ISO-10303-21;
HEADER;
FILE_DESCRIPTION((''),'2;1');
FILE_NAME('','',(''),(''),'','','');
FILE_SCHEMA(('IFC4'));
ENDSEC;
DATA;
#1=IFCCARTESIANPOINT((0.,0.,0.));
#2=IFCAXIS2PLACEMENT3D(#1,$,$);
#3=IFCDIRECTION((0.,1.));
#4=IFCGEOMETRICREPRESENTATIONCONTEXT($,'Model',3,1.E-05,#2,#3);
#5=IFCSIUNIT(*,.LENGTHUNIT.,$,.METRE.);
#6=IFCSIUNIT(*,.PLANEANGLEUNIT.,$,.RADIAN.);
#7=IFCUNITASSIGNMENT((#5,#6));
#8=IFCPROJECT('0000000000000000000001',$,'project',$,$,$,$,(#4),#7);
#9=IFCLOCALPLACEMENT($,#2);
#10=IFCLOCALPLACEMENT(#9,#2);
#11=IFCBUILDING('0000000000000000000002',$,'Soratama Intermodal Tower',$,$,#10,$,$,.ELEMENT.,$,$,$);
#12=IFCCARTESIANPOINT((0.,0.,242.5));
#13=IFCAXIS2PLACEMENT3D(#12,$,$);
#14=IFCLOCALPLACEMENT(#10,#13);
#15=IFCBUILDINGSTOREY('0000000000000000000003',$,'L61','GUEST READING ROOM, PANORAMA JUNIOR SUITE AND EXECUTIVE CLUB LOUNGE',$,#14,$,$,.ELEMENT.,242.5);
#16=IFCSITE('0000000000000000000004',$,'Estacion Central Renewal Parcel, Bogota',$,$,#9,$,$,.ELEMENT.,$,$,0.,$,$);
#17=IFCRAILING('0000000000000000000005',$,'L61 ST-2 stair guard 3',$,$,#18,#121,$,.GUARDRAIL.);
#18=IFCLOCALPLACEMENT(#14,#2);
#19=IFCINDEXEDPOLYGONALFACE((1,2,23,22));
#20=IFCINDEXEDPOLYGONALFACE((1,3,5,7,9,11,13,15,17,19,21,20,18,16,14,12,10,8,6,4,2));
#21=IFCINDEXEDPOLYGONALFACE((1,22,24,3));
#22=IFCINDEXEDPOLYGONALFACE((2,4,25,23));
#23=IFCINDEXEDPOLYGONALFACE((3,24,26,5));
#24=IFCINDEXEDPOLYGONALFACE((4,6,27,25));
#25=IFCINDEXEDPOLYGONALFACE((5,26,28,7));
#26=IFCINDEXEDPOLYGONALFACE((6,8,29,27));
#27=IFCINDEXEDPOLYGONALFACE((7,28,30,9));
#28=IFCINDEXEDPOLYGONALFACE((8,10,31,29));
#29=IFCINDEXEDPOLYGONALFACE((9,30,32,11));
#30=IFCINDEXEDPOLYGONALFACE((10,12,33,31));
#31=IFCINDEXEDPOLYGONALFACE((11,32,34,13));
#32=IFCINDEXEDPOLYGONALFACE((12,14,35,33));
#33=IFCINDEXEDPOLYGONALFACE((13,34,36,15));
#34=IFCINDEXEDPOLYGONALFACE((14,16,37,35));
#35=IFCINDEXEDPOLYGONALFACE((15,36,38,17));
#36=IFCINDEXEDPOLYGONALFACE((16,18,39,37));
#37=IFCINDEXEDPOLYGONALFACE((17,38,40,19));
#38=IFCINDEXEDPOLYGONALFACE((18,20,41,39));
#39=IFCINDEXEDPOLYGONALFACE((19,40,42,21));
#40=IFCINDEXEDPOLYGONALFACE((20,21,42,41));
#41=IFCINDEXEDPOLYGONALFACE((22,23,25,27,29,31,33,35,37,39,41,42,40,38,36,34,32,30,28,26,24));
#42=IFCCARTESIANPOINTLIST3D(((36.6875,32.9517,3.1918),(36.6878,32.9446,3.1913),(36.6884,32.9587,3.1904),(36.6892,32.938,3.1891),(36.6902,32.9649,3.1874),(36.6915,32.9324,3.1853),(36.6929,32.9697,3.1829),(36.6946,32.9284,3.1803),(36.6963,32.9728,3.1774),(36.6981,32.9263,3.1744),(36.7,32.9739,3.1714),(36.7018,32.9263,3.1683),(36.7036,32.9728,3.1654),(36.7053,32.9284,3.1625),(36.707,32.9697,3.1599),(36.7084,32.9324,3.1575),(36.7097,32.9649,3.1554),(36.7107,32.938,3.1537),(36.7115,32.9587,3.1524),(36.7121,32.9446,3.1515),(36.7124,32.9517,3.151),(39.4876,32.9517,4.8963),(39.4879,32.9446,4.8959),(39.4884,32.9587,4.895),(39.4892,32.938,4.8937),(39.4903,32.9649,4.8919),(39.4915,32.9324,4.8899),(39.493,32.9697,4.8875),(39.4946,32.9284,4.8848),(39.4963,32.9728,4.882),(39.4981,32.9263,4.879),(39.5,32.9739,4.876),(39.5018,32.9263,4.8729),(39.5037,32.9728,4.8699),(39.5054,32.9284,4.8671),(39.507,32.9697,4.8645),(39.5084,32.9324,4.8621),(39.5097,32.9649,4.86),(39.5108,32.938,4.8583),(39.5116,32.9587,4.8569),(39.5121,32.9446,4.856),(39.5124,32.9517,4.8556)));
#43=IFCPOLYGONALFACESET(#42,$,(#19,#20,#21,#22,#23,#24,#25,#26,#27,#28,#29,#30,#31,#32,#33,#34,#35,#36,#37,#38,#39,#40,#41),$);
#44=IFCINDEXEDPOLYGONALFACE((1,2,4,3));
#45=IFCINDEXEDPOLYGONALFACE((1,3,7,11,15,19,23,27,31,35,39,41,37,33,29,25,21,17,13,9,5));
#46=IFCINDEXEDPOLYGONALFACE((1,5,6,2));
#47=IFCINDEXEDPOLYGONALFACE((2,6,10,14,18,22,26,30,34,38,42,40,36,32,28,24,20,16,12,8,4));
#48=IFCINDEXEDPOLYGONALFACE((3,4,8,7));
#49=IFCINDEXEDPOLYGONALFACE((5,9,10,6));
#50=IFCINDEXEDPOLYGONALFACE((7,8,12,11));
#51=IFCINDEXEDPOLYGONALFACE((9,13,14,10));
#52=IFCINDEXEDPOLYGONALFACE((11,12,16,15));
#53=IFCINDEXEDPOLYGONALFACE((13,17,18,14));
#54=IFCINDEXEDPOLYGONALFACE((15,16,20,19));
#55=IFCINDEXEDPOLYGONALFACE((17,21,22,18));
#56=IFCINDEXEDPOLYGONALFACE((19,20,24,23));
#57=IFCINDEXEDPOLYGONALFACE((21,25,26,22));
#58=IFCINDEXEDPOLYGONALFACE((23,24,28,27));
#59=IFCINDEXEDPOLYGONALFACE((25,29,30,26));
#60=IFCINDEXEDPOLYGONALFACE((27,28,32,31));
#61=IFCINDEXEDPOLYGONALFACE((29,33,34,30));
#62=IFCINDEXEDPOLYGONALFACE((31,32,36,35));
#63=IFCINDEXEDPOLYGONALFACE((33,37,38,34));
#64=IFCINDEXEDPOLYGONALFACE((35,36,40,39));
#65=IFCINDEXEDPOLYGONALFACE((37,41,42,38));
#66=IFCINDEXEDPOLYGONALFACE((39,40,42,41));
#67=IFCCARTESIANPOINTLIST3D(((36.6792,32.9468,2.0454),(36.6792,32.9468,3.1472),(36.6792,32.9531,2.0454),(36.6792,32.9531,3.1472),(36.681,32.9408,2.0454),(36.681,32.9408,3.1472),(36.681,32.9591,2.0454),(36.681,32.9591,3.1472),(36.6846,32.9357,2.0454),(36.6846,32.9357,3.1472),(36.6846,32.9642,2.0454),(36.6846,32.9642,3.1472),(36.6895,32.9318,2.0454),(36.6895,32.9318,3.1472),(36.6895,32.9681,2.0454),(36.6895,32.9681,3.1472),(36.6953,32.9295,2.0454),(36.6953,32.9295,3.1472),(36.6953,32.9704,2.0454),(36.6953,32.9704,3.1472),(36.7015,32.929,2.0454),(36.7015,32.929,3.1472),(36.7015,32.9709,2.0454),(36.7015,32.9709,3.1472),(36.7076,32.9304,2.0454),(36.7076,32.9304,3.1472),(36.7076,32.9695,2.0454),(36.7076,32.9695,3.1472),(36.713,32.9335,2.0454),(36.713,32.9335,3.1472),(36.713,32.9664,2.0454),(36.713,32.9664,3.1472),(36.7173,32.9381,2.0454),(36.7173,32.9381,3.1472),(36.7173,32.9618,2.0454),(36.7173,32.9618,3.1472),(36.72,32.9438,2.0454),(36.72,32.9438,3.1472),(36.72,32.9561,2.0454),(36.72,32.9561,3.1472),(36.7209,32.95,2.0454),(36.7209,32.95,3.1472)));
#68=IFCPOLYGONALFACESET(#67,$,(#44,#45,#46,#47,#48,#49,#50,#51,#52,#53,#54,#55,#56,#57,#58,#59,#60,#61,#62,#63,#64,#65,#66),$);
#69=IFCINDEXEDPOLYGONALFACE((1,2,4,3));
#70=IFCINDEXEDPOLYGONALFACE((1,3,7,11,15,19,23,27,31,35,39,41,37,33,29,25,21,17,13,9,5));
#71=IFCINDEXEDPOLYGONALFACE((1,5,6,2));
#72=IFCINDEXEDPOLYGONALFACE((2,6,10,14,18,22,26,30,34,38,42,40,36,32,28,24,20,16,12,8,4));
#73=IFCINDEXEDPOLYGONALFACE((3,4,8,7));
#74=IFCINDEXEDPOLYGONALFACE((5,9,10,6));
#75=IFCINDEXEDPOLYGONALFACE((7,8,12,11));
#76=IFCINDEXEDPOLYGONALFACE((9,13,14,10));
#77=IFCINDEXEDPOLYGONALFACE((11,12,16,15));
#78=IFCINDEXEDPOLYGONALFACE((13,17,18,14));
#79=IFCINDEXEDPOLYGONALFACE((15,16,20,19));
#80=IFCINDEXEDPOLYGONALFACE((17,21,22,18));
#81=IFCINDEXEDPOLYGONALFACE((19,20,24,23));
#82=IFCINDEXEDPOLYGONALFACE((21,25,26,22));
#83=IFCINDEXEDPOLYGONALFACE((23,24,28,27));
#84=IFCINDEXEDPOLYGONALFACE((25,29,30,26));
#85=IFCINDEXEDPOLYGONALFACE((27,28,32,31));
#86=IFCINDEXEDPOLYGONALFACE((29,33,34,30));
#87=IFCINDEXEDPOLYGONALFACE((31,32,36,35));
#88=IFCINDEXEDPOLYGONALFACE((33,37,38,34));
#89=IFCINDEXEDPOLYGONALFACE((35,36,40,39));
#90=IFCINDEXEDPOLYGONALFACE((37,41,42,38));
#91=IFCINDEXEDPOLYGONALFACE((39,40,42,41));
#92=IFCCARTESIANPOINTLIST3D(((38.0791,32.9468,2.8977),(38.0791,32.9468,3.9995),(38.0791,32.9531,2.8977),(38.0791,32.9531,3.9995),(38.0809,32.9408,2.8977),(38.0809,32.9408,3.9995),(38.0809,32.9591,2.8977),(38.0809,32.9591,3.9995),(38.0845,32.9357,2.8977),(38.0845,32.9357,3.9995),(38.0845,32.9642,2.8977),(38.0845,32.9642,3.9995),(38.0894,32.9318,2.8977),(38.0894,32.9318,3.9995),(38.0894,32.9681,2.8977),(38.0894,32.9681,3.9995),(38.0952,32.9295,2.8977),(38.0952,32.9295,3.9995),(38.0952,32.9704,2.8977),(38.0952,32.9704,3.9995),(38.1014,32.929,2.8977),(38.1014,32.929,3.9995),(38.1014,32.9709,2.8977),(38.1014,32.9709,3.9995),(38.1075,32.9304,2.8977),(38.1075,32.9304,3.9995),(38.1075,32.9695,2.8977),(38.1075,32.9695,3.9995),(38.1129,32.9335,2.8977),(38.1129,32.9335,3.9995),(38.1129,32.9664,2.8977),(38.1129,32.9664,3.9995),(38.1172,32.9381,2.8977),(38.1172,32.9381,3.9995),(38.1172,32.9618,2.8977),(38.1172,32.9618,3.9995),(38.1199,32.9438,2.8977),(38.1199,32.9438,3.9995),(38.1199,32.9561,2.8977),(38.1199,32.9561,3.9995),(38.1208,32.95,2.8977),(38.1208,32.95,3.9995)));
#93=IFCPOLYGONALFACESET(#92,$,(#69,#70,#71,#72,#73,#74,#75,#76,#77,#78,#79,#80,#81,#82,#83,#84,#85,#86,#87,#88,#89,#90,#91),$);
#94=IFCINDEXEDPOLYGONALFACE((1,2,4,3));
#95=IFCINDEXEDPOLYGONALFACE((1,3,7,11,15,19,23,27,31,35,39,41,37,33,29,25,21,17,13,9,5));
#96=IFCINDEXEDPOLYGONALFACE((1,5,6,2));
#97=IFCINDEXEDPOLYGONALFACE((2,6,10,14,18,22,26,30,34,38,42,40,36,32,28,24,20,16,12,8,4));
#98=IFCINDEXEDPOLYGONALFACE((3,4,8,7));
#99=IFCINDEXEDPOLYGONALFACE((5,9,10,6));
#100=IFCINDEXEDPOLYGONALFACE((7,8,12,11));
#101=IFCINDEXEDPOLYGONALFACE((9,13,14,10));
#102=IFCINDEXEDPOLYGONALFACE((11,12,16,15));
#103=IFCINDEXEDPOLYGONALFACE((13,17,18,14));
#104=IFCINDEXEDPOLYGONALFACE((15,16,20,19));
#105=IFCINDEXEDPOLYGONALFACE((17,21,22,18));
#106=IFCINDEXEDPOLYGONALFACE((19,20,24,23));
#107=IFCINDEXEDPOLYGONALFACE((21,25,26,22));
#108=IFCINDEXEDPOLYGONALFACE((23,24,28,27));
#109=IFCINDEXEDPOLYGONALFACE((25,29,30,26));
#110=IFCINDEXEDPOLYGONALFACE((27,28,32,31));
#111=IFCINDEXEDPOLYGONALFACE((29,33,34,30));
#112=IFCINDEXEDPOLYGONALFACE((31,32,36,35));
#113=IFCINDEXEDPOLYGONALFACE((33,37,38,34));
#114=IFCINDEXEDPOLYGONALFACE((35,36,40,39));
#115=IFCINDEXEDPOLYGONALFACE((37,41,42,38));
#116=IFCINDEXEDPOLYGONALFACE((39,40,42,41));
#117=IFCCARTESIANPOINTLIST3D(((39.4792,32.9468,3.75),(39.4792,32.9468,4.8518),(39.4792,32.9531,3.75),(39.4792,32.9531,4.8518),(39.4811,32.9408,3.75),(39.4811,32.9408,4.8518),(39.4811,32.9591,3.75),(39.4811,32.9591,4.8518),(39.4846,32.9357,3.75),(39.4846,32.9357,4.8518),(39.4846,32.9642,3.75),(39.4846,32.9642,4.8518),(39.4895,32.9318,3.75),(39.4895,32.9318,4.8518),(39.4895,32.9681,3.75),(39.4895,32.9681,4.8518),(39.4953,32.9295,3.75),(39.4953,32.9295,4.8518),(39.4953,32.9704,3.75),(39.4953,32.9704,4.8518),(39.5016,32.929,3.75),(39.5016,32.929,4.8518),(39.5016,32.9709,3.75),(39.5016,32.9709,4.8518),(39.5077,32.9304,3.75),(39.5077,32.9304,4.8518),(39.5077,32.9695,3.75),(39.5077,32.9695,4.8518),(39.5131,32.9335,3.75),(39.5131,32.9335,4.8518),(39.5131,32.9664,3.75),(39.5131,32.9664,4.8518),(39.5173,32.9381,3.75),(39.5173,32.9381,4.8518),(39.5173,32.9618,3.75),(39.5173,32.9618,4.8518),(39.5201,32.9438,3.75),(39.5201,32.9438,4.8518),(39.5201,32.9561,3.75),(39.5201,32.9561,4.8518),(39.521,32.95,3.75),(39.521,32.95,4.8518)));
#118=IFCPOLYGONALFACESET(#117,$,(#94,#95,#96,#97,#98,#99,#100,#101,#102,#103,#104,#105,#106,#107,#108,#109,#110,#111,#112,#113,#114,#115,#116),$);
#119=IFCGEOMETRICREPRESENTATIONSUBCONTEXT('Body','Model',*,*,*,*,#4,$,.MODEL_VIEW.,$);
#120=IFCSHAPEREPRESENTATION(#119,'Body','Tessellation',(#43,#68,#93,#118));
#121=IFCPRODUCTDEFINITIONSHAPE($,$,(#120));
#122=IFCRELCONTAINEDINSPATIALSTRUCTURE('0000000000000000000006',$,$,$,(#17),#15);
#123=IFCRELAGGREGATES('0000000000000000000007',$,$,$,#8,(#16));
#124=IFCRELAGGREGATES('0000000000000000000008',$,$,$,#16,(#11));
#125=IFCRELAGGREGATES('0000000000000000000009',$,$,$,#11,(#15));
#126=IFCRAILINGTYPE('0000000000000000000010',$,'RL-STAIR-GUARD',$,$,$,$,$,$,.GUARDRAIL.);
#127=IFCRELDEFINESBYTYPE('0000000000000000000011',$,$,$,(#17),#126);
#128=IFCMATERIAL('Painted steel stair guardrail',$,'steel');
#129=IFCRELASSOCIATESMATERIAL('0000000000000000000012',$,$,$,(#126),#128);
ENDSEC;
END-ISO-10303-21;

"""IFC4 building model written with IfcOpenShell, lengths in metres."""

from ifc_helpers import new_model, si_unit, direction, frame, origin, origin_2d, place, context, subcontext, project, spatial, circle, extrude, material, type_object, element, save


model = new_model("IFC4")

# Units and contexts
model_context = context("Model", 3, precision=1e-05, world=origin(), true_north=direction((0.0, 1.0)))
body_context = subcontext(model_context, "Body", "Model", "MODEL_VIEW")
ifc_project = project(units=[si_unit("LENGTHUNIT", "METRE"), si_unit("PLANEANGLEUNIT", "RADIAN")], contexts=[model_context])

# Site, building, storey
site_placement = place(None, origin())
site = spatial("IfcSite", under=ifc_project, at=site_placement, Name="Estacion Central Renewal Parcel, Bogota", CompositionType="ELEMENT", RefElevation=0.0)
building_placement = place(site_placement, origin())
building = spatial("IfcBuilding", under=site, at=building_placement, Name="Soratama Intermodal Tower", CompositionType="ELEMENT")
storey_placement = place(building_placement, frame((0.0, 0.0, 242.5)))
storey = spatial("IfcBuildingStorey", under=building, at=storey_placement, Name="L61", Description="GUEST READING ROOM, PANORAMA JUNIOR SUITE AND EXECUTIVE CLUB LOUNGE", CompositionType="ELEMENT", Elevation=242.5)

# Railing
ifc_material_1 = material(Name="Painted steel stair guardrail", Category="steel")
railing_type_1 = type_object("IfcRailingType", Name="RL-STAIR-GUARD", PredefinedType="GUARDRAIL", material=ifc_material_1)
railing_1_placement = place(storey_placement, frame((36.7, 32.95, 2.0454)))
element("IfcRailing", 1, at=railing_1_placement, inside=storey, type_object=railing_type_1, Name="L61 ST-2 stair guard 3", PredefinedType="GUARDRAIL", context=body_context, shape_type="SweptSolid", body=[
    extrude(circle(Radius=0.0239, at=origin_2d()), frame((0.0, 0.0, 1.126), z_axis=(0.85417, 0.0, 0.519994), x_axis=(0.0, 1.0, 0.0)), (0.0, 0.0, 1.0), 3.2781),
    extrude(circle(Radius=0.021, at=origin_2d()), origin(), (0.0, 0.0, 1.0), 1.1018),
    extrude(circle(Radius=0.021, at=origin_2d()), frame((1.3999, 0.0, 0.8523)), (0.0, 0.0, 1.0), 1.1018),
    extrude(circle(Radius=0.021, at=origin_2d()), frame((2.8, 0.0, 1.7046)), (0.0, 0.0, 1.0), 1.1018),
])

save(model, "model.ifc")
